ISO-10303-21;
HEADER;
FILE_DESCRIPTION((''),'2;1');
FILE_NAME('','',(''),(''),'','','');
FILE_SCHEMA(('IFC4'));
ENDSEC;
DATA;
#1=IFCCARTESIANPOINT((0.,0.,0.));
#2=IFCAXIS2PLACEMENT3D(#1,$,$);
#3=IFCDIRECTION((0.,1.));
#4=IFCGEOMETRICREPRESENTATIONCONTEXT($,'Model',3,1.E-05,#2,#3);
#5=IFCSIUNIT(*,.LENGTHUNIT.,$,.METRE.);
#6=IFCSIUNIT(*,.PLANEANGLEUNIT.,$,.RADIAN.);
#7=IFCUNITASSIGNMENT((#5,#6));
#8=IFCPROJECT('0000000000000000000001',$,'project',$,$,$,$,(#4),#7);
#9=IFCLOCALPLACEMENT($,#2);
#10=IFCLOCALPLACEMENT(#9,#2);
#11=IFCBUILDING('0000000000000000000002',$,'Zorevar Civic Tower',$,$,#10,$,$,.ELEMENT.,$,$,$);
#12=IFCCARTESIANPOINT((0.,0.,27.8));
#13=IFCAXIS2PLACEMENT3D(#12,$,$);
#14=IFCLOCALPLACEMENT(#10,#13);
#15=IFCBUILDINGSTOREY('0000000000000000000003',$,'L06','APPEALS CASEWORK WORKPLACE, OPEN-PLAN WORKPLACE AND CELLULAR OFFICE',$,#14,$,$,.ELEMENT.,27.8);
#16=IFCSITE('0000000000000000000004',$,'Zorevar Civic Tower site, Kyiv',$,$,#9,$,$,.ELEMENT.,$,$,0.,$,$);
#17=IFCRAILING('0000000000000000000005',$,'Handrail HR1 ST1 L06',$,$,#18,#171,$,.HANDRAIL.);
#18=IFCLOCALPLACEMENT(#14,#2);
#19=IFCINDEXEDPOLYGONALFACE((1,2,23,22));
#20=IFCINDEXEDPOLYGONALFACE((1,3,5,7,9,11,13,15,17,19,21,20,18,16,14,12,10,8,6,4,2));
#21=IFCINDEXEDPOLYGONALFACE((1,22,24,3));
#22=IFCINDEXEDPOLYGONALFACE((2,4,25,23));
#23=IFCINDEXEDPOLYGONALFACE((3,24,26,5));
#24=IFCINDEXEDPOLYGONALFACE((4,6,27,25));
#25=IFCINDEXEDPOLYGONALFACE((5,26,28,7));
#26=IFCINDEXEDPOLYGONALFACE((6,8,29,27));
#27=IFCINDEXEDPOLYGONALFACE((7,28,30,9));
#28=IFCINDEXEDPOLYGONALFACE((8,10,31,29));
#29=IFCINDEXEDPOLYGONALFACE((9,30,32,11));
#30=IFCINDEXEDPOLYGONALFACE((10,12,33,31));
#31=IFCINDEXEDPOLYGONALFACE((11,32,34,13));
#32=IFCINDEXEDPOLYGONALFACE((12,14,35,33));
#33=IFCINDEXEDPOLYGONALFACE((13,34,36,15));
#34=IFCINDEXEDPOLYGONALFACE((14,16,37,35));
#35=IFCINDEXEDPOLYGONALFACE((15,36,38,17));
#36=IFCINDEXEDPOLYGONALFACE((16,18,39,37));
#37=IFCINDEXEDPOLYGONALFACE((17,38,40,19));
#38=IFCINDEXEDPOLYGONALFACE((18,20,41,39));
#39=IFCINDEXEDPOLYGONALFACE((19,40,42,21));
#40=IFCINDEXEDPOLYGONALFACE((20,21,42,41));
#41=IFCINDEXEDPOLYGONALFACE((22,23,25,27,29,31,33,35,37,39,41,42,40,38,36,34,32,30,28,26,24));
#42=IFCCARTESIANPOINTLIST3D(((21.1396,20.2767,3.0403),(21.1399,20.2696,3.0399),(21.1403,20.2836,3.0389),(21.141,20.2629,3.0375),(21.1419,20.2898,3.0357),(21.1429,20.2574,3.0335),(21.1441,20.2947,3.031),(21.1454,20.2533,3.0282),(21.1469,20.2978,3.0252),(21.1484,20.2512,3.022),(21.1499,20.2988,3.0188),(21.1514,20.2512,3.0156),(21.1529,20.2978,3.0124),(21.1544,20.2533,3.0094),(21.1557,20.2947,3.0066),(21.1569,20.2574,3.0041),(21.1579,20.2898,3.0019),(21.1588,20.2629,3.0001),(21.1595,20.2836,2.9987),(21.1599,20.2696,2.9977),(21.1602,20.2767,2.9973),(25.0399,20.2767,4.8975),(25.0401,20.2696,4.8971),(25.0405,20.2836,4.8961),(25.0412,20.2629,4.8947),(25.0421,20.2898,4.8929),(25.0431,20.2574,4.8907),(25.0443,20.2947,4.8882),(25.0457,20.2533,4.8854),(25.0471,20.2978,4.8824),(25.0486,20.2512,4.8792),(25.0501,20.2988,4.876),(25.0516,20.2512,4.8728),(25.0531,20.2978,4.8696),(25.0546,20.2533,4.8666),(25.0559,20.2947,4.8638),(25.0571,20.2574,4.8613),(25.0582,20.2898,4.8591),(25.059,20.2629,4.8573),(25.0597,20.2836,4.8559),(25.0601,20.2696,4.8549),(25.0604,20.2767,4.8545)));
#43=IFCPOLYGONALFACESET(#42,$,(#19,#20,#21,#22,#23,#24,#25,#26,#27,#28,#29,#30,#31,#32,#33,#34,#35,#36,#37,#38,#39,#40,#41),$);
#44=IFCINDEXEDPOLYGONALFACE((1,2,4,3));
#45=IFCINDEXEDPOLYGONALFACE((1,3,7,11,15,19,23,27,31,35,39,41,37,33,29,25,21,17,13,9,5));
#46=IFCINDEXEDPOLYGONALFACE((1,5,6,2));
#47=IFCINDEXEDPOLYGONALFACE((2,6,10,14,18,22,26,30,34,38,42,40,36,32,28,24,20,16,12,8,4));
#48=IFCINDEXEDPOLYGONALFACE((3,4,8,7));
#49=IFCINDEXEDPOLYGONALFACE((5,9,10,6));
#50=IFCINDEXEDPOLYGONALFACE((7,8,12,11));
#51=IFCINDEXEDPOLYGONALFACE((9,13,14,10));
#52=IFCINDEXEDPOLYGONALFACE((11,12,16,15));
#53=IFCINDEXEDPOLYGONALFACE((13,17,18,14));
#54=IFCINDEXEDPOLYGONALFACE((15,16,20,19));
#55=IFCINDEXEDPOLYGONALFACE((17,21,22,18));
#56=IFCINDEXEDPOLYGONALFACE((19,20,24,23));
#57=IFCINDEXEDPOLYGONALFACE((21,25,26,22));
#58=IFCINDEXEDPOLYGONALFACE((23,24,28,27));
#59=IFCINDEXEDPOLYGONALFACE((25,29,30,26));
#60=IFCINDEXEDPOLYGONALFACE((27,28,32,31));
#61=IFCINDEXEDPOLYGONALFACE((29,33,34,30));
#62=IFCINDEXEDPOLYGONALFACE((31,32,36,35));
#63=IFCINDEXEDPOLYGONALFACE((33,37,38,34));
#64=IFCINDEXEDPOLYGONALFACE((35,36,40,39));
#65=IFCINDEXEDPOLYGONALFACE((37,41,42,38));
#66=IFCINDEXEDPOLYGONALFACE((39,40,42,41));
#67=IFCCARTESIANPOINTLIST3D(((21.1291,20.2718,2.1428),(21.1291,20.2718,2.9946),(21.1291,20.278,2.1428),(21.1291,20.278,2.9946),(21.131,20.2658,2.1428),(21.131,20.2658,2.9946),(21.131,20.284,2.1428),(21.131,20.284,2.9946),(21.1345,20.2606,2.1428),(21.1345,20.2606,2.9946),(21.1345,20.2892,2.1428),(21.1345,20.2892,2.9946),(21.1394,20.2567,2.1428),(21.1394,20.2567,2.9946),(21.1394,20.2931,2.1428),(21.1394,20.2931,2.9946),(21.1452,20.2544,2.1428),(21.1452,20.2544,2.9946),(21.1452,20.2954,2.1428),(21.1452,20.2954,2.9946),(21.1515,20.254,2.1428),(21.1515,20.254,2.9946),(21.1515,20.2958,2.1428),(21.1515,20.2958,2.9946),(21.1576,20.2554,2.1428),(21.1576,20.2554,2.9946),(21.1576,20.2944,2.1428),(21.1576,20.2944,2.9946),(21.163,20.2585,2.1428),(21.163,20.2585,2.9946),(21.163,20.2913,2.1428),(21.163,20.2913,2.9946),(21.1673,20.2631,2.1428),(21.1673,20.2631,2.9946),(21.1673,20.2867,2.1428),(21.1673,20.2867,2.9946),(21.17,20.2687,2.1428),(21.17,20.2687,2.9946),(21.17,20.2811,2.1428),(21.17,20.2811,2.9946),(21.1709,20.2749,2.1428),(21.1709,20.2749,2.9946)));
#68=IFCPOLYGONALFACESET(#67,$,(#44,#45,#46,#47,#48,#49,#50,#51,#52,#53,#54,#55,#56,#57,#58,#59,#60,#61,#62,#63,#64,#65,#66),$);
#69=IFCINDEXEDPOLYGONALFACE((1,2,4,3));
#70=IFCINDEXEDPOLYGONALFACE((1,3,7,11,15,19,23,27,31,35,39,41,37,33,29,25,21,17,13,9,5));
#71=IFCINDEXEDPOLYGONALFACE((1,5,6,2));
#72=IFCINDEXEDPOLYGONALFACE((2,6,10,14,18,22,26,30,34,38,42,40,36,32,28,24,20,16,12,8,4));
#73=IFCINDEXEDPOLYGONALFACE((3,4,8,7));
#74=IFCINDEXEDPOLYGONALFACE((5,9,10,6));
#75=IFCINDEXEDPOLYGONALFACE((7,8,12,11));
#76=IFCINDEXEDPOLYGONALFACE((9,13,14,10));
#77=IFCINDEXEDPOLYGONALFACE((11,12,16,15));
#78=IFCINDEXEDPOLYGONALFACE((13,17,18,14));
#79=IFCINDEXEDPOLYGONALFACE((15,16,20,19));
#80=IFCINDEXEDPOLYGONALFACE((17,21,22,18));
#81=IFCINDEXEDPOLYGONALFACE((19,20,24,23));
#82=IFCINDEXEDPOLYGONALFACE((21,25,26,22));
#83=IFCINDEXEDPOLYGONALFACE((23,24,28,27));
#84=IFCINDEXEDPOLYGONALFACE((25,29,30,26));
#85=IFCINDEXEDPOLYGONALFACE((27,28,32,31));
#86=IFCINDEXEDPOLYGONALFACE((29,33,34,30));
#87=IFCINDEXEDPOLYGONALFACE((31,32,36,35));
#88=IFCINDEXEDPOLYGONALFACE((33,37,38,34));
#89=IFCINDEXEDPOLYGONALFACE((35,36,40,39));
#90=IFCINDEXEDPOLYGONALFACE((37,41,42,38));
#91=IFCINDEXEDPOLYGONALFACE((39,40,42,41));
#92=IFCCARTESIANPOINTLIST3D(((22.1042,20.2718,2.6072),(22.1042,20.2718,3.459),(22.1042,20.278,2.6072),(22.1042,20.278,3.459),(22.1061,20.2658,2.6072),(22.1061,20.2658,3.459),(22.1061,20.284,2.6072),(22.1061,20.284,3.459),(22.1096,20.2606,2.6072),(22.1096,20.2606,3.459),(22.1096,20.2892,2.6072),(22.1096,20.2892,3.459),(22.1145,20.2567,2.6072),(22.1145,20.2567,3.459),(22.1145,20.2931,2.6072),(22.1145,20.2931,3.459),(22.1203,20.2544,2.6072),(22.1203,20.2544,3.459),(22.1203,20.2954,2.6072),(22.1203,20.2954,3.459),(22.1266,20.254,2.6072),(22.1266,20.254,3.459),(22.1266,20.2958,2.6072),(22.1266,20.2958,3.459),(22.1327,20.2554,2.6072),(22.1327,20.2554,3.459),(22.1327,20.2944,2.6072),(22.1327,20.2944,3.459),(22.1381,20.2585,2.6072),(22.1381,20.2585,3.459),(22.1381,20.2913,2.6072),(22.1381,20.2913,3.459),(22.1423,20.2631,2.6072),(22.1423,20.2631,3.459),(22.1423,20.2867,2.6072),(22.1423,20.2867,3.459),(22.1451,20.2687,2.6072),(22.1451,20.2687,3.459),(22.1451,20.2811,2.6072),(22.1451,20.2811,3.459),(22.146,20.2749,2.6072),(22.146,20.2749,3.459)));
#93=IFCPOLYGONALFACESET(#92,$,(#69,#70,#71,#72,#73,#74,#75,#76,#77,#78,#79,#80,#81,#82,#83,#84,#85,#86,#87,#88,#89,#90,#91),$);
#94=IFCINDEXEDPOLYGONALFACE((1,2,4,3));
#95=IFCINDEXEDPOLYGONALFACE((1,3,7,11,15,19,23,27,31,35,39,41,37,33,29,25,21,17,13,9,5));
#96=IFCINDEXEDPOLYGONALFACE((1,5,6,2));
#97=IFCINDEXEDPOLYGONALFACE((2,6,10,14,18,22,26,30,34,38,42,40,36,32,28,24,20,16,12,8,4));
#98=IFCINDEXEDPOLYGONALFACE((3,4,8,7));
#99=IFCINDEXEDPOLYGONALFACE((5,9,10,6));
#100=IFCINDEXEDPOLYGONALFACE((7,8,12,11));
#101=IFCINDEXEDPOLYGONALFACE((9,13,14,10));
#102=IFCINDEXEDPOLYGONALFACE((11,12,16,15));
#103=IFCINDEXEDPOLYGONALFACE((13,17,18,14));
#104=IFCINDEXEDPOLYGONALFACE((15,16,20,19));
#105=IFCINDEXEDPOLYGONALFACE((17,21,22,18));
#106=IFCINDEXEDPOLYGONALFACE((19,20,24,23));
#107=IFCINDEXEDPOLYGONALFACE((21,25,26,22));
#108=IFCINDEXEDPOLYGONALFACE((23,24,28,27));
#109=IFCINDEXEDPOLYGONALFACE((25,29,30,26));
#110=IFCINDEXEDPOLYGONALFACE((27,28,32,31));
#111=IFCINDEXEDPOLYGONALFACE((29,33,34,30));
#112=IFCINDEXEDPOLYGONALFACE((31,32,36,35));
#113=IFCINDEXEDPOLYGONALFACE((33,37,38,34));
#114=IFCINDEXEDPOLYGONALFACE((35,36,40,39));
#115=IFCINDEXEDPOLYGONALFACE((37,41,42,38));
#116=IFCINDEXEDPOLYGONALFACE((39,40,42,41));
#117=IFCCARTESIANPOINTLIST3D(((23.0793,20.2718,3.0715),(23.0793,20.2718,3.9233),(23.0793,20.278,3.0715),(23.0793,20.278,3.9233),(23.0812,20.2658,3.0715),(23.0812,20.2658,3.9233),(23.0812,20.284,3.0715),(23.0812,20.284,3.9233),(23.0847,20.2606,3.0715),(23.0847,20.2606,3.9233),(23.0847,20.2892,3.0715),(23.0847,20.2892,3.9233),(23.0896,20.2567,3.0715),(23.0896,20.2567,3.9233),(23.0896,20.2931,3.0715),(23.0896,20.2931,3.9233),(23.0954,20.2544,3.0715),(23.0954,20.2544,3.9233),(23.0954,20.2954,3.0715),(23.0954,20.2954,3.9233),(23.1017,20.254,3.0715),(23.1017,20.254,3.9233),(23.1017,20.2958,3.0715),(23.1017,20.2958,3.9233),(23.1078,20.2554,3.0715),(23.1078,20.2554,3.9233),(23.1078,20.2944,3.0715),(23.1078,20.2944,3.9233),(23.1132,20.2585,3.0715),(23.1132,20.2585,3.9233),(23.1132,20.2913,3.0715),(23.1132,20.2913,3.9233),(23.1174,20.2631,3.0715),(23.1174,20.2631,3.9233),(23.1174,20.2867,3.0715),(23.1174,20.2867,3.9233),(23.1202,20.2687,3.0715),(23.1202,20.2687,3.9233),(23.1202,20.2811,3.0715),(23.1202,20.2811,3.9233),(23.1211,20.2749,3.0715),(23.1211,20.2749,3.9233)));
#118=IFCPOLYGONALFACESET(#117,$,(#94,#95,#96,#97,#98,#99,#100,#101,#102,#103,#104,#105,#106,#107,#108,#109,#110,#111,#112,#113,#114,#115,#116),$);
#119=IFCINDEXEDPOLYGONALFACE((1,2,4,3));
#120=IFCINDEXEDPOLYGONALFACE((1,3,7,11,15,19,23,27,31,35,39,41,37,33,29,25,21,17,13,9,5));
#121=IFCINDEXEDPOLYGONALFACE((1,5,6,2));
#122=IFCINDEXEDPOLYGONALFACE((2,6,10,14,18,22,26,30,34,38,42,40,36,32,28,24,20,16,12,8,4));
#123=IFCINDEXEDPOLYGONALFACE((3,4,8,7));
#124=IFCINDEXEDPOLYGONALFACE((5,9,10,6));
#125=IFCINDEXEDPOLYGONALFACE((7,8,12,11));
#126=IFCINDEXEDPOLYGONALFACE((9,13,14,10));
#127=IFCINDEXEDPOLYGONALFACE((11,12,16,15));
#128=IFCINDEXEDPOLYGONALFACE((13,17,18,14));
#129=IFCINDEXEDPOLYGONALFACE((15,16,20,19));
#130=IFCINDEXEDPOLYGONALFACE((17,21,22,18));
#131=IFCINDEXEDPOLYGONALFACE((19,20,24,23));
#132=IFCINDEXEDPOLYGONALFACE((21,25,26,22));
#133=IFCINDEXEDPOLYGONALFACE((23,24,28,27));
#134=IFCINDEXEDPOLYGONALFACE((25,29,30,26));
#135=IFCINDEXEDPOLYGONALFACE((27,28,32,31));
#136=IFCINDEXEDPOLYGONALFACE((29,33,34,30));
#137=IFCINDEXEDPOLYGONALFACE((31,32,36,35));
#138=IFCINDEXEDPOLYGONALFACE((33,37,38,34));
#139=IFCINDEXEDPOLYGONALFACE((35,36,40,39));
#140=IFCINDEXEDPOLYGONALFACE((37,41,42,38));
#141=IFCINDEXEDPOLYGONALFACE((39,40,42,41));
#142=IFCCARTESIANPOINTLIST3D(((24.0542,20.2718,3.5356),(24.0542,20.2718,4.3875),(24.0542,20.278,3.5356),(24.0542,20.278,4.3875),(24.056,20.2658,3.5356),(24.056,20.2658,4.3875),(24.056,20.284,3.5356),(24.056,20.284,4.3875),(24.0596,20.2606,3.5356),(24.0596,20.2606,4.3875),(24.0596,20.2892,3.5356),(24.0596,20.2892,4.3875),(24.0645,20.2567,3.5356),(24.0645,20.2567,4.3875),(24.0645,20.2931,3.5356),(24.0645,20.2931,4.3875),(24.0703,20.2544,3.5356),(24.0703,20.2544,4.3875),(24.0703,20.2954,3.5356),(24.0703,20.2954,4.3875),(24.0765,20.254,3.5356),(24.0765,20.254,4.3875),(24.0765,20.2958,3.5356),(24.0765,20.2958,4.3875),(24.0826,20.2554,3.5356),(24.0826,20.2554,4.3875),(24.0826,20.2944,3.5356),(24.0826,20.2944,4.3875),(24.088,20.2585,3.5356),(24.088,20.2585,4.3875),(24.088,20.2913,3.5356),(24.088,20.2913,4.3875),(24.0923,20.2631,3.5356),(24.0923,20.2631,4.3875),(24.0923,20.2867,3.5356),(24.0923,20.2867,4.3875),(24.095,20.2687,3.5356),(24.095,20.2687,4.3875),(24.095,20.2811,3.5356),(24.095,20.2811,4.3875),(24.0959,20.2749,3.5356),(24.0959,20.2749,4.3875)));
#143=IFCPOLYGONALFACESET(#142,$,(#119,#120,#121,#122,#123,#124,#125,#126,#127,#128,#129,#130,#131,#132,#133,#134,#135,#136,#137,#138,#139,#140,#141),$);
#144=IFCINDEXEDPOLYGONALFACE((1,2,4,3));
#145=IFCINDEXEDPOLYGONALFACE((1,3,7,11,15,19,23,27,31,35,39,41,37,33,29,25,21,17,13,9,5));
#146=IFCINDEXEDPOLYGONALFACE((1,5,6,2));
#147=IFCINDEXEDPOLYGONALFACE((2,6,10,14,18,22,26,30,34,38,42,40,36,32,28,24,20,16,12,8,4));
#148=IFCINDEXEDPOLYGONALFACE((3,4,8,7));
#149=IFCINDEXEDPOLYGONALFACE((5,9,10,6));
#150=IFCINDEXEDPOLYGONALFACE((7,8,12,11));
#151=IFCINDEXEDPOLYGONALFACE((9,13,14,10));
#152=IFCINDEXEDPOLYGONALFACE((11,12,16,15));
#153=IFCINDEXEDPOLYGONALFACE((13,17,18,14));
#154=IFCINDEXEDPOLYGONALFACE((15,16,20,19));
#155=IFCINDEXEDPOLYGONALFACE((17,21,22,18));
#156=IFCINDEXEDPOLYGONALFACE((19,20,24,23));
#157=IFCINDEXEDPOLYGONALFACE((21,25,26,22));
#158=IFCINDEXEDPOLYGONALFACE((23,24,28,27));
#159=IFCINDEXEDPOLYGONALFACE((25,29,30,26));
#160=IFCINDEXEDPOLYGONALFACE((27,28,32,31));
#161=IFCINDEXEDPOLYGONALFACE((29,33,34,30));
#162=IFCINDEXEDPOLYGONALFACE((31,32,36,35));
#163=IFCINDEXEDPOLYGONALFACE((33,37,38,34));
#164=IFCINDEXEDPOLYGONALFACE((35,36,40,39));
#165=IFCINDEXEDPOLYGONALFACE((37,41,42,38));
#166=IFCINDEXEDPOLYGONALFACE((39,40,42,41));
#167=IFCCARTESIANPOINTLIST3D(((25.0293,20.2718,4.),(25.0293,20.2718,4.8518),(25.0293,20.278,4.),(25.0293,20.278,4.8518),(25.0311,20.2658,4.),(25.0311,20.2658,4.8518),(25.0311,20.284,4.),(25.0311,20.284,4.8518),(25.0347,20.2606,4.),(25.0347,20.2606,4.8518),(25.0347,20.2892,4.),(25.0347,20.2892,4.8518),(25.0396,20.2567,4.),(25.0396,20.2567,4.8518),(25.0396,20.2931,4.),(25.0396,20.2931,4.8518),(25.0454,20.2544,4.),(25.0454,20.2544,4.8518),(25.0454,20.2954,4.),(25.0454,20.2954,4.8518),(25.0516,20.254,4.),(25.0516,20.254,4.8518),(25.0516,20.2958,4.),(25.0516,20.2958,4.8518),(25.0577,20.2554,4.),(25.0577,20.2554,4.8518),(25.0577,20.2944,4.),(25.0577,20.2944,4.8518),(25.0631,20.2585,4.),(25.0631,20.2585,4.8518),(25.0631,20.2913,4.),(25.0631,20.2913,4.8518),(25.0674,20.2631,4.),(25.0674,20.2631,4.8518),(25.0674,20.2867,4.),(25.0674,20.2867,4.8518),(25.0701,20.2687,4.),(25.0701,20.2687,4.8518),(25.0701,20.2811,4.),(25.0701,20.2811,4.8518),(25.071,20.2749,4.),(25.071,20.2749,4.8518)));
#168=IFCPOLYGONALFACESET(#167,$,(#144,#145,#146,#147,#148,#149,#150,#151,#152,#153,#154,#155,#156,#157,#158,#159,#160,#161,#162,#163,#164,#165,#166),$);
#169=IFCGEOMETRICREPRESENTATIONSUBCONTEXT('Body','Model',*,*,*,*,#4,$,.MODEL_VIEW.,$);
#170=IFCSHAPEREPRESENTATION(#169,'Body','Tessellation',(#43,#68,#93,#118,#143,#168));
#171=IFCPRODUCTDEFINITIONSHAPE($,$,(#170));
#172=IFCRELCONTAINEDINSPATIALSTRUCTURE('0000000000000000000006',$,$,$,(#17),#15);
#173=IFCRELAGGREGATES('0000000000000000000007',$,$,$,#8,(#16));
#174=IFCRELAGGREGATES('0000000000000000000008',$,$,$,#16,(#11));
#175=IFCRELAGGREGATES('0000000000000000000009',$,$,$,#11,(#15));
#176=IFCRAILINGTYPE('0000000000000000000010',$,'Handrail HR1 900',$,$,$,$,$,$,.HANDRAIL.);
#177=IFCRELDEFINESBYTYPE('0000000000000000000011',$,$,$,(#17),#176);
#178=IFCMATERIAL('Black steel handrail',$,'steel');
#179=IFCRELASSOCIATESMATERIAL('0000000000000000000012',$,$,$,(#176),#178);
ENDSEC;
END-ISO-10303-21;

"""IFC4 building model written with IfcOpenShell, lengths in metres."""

from ifc_helpers import new_model, si_unit, direction, frame, origin, origin_2d, place, context, subcontext, project, spatial, circle, extrude, material, type_object, element, save


model = new_model("IFC4")

# Units and contexts
model_context = context("Model", 3, precision=1e-05, world=origin(), true_north=direction((0.0, 1.0)))
body_context = subcontext(model_context, "Body", "Model", "MODEL_VIEW")
ifc_project = project(units=[si_unit("LENGTHUNIT", "METRE"), si_unit("PLANEANGLEUNIT", "RADIAN")], contexts=[model_context])

# Site, building, storey
site_placement = place(None, origin())
site = spatial("IfcSite", under=ifc_project, at=site_placement, Name="Zorevar Civic Tower site, Kyiv", CompositionType="ELEMENT", RefElevation=0.0)
building_placement = place(site_placement, origin())
building = spatial("IfcBuilding", under=site, at=building_placement, Name="Zorevar Civic Tower", CompositionType="ELEMENT")
storey_placement = place(building_placement, frame((0.0, 0.0, 27.8)))
storey = spatial("IfcBuildingStorey", under=building, at=storey_placement, Name="L06", Description="APPEALS CASEWORK WORKPLACE, OPEN-PLAN WORKPLACE AND CELLULAR OFFICE", CompositionType="ELEMENT", Elevation=27.8)

# Railing
ifc_material_1 = material(Name="Black steel handrail", Category="steel")
railing_type = type_object("IfcRailingType", Name="Handrail HR1 900", PredefinedType="HANDRAIL", material=ifc_material_1)
railing_1_placement = place(storey_placement, frame((21.1499, 20.2749, 2.1428)))
element("IfcRailing", 1, at=railing_1_placement, inside=storey, type_object=railing_type, Name="Handrail HR1 ST1 L06", PredefinedType="HANDRAIL", context=body_context, shape_type="SweptSolid", body=[
    extrude(circle(Radius=0.0239, at=origin_2d()), frame((0.0, 0.0, 0.876), z_axis=(0.902864, 0.0, 0.429927), x_axis=(0.0, 1.0, 0.0)), (0.0, 0.0, 1.0), 4.3198),
    extrude(circle(Radius=0.021, at=origin_2d()), origin(), (0.0, 0.0, 1.0), 0.8518),
    extrude(circle(Radius=0.021, at=origin_2d()), frame((0.9751, 0.0, 0.4644)), (0.0, 0.0, 1.0), 0.8518),
    extrude(circle(Radius=0.021, at=origin_2d()), frame((1.9502, 0.0, 0.9287)), (0.0, 0.0, 1.0), 0.8518),
    extrude(circle(Radius=0.021, at=origin_2d()), frame((2.925, 0.0, 1.3928)), (0.0, 0.0, 1.0), 0.8518),
    extrude(circle(Radius=0.021, at=origin_2d()), frame((3.9001, 0.0, 1.8572)), (0.0, 0.0, 1.0), 0.8518),
])

save(model, "model.ifc")
